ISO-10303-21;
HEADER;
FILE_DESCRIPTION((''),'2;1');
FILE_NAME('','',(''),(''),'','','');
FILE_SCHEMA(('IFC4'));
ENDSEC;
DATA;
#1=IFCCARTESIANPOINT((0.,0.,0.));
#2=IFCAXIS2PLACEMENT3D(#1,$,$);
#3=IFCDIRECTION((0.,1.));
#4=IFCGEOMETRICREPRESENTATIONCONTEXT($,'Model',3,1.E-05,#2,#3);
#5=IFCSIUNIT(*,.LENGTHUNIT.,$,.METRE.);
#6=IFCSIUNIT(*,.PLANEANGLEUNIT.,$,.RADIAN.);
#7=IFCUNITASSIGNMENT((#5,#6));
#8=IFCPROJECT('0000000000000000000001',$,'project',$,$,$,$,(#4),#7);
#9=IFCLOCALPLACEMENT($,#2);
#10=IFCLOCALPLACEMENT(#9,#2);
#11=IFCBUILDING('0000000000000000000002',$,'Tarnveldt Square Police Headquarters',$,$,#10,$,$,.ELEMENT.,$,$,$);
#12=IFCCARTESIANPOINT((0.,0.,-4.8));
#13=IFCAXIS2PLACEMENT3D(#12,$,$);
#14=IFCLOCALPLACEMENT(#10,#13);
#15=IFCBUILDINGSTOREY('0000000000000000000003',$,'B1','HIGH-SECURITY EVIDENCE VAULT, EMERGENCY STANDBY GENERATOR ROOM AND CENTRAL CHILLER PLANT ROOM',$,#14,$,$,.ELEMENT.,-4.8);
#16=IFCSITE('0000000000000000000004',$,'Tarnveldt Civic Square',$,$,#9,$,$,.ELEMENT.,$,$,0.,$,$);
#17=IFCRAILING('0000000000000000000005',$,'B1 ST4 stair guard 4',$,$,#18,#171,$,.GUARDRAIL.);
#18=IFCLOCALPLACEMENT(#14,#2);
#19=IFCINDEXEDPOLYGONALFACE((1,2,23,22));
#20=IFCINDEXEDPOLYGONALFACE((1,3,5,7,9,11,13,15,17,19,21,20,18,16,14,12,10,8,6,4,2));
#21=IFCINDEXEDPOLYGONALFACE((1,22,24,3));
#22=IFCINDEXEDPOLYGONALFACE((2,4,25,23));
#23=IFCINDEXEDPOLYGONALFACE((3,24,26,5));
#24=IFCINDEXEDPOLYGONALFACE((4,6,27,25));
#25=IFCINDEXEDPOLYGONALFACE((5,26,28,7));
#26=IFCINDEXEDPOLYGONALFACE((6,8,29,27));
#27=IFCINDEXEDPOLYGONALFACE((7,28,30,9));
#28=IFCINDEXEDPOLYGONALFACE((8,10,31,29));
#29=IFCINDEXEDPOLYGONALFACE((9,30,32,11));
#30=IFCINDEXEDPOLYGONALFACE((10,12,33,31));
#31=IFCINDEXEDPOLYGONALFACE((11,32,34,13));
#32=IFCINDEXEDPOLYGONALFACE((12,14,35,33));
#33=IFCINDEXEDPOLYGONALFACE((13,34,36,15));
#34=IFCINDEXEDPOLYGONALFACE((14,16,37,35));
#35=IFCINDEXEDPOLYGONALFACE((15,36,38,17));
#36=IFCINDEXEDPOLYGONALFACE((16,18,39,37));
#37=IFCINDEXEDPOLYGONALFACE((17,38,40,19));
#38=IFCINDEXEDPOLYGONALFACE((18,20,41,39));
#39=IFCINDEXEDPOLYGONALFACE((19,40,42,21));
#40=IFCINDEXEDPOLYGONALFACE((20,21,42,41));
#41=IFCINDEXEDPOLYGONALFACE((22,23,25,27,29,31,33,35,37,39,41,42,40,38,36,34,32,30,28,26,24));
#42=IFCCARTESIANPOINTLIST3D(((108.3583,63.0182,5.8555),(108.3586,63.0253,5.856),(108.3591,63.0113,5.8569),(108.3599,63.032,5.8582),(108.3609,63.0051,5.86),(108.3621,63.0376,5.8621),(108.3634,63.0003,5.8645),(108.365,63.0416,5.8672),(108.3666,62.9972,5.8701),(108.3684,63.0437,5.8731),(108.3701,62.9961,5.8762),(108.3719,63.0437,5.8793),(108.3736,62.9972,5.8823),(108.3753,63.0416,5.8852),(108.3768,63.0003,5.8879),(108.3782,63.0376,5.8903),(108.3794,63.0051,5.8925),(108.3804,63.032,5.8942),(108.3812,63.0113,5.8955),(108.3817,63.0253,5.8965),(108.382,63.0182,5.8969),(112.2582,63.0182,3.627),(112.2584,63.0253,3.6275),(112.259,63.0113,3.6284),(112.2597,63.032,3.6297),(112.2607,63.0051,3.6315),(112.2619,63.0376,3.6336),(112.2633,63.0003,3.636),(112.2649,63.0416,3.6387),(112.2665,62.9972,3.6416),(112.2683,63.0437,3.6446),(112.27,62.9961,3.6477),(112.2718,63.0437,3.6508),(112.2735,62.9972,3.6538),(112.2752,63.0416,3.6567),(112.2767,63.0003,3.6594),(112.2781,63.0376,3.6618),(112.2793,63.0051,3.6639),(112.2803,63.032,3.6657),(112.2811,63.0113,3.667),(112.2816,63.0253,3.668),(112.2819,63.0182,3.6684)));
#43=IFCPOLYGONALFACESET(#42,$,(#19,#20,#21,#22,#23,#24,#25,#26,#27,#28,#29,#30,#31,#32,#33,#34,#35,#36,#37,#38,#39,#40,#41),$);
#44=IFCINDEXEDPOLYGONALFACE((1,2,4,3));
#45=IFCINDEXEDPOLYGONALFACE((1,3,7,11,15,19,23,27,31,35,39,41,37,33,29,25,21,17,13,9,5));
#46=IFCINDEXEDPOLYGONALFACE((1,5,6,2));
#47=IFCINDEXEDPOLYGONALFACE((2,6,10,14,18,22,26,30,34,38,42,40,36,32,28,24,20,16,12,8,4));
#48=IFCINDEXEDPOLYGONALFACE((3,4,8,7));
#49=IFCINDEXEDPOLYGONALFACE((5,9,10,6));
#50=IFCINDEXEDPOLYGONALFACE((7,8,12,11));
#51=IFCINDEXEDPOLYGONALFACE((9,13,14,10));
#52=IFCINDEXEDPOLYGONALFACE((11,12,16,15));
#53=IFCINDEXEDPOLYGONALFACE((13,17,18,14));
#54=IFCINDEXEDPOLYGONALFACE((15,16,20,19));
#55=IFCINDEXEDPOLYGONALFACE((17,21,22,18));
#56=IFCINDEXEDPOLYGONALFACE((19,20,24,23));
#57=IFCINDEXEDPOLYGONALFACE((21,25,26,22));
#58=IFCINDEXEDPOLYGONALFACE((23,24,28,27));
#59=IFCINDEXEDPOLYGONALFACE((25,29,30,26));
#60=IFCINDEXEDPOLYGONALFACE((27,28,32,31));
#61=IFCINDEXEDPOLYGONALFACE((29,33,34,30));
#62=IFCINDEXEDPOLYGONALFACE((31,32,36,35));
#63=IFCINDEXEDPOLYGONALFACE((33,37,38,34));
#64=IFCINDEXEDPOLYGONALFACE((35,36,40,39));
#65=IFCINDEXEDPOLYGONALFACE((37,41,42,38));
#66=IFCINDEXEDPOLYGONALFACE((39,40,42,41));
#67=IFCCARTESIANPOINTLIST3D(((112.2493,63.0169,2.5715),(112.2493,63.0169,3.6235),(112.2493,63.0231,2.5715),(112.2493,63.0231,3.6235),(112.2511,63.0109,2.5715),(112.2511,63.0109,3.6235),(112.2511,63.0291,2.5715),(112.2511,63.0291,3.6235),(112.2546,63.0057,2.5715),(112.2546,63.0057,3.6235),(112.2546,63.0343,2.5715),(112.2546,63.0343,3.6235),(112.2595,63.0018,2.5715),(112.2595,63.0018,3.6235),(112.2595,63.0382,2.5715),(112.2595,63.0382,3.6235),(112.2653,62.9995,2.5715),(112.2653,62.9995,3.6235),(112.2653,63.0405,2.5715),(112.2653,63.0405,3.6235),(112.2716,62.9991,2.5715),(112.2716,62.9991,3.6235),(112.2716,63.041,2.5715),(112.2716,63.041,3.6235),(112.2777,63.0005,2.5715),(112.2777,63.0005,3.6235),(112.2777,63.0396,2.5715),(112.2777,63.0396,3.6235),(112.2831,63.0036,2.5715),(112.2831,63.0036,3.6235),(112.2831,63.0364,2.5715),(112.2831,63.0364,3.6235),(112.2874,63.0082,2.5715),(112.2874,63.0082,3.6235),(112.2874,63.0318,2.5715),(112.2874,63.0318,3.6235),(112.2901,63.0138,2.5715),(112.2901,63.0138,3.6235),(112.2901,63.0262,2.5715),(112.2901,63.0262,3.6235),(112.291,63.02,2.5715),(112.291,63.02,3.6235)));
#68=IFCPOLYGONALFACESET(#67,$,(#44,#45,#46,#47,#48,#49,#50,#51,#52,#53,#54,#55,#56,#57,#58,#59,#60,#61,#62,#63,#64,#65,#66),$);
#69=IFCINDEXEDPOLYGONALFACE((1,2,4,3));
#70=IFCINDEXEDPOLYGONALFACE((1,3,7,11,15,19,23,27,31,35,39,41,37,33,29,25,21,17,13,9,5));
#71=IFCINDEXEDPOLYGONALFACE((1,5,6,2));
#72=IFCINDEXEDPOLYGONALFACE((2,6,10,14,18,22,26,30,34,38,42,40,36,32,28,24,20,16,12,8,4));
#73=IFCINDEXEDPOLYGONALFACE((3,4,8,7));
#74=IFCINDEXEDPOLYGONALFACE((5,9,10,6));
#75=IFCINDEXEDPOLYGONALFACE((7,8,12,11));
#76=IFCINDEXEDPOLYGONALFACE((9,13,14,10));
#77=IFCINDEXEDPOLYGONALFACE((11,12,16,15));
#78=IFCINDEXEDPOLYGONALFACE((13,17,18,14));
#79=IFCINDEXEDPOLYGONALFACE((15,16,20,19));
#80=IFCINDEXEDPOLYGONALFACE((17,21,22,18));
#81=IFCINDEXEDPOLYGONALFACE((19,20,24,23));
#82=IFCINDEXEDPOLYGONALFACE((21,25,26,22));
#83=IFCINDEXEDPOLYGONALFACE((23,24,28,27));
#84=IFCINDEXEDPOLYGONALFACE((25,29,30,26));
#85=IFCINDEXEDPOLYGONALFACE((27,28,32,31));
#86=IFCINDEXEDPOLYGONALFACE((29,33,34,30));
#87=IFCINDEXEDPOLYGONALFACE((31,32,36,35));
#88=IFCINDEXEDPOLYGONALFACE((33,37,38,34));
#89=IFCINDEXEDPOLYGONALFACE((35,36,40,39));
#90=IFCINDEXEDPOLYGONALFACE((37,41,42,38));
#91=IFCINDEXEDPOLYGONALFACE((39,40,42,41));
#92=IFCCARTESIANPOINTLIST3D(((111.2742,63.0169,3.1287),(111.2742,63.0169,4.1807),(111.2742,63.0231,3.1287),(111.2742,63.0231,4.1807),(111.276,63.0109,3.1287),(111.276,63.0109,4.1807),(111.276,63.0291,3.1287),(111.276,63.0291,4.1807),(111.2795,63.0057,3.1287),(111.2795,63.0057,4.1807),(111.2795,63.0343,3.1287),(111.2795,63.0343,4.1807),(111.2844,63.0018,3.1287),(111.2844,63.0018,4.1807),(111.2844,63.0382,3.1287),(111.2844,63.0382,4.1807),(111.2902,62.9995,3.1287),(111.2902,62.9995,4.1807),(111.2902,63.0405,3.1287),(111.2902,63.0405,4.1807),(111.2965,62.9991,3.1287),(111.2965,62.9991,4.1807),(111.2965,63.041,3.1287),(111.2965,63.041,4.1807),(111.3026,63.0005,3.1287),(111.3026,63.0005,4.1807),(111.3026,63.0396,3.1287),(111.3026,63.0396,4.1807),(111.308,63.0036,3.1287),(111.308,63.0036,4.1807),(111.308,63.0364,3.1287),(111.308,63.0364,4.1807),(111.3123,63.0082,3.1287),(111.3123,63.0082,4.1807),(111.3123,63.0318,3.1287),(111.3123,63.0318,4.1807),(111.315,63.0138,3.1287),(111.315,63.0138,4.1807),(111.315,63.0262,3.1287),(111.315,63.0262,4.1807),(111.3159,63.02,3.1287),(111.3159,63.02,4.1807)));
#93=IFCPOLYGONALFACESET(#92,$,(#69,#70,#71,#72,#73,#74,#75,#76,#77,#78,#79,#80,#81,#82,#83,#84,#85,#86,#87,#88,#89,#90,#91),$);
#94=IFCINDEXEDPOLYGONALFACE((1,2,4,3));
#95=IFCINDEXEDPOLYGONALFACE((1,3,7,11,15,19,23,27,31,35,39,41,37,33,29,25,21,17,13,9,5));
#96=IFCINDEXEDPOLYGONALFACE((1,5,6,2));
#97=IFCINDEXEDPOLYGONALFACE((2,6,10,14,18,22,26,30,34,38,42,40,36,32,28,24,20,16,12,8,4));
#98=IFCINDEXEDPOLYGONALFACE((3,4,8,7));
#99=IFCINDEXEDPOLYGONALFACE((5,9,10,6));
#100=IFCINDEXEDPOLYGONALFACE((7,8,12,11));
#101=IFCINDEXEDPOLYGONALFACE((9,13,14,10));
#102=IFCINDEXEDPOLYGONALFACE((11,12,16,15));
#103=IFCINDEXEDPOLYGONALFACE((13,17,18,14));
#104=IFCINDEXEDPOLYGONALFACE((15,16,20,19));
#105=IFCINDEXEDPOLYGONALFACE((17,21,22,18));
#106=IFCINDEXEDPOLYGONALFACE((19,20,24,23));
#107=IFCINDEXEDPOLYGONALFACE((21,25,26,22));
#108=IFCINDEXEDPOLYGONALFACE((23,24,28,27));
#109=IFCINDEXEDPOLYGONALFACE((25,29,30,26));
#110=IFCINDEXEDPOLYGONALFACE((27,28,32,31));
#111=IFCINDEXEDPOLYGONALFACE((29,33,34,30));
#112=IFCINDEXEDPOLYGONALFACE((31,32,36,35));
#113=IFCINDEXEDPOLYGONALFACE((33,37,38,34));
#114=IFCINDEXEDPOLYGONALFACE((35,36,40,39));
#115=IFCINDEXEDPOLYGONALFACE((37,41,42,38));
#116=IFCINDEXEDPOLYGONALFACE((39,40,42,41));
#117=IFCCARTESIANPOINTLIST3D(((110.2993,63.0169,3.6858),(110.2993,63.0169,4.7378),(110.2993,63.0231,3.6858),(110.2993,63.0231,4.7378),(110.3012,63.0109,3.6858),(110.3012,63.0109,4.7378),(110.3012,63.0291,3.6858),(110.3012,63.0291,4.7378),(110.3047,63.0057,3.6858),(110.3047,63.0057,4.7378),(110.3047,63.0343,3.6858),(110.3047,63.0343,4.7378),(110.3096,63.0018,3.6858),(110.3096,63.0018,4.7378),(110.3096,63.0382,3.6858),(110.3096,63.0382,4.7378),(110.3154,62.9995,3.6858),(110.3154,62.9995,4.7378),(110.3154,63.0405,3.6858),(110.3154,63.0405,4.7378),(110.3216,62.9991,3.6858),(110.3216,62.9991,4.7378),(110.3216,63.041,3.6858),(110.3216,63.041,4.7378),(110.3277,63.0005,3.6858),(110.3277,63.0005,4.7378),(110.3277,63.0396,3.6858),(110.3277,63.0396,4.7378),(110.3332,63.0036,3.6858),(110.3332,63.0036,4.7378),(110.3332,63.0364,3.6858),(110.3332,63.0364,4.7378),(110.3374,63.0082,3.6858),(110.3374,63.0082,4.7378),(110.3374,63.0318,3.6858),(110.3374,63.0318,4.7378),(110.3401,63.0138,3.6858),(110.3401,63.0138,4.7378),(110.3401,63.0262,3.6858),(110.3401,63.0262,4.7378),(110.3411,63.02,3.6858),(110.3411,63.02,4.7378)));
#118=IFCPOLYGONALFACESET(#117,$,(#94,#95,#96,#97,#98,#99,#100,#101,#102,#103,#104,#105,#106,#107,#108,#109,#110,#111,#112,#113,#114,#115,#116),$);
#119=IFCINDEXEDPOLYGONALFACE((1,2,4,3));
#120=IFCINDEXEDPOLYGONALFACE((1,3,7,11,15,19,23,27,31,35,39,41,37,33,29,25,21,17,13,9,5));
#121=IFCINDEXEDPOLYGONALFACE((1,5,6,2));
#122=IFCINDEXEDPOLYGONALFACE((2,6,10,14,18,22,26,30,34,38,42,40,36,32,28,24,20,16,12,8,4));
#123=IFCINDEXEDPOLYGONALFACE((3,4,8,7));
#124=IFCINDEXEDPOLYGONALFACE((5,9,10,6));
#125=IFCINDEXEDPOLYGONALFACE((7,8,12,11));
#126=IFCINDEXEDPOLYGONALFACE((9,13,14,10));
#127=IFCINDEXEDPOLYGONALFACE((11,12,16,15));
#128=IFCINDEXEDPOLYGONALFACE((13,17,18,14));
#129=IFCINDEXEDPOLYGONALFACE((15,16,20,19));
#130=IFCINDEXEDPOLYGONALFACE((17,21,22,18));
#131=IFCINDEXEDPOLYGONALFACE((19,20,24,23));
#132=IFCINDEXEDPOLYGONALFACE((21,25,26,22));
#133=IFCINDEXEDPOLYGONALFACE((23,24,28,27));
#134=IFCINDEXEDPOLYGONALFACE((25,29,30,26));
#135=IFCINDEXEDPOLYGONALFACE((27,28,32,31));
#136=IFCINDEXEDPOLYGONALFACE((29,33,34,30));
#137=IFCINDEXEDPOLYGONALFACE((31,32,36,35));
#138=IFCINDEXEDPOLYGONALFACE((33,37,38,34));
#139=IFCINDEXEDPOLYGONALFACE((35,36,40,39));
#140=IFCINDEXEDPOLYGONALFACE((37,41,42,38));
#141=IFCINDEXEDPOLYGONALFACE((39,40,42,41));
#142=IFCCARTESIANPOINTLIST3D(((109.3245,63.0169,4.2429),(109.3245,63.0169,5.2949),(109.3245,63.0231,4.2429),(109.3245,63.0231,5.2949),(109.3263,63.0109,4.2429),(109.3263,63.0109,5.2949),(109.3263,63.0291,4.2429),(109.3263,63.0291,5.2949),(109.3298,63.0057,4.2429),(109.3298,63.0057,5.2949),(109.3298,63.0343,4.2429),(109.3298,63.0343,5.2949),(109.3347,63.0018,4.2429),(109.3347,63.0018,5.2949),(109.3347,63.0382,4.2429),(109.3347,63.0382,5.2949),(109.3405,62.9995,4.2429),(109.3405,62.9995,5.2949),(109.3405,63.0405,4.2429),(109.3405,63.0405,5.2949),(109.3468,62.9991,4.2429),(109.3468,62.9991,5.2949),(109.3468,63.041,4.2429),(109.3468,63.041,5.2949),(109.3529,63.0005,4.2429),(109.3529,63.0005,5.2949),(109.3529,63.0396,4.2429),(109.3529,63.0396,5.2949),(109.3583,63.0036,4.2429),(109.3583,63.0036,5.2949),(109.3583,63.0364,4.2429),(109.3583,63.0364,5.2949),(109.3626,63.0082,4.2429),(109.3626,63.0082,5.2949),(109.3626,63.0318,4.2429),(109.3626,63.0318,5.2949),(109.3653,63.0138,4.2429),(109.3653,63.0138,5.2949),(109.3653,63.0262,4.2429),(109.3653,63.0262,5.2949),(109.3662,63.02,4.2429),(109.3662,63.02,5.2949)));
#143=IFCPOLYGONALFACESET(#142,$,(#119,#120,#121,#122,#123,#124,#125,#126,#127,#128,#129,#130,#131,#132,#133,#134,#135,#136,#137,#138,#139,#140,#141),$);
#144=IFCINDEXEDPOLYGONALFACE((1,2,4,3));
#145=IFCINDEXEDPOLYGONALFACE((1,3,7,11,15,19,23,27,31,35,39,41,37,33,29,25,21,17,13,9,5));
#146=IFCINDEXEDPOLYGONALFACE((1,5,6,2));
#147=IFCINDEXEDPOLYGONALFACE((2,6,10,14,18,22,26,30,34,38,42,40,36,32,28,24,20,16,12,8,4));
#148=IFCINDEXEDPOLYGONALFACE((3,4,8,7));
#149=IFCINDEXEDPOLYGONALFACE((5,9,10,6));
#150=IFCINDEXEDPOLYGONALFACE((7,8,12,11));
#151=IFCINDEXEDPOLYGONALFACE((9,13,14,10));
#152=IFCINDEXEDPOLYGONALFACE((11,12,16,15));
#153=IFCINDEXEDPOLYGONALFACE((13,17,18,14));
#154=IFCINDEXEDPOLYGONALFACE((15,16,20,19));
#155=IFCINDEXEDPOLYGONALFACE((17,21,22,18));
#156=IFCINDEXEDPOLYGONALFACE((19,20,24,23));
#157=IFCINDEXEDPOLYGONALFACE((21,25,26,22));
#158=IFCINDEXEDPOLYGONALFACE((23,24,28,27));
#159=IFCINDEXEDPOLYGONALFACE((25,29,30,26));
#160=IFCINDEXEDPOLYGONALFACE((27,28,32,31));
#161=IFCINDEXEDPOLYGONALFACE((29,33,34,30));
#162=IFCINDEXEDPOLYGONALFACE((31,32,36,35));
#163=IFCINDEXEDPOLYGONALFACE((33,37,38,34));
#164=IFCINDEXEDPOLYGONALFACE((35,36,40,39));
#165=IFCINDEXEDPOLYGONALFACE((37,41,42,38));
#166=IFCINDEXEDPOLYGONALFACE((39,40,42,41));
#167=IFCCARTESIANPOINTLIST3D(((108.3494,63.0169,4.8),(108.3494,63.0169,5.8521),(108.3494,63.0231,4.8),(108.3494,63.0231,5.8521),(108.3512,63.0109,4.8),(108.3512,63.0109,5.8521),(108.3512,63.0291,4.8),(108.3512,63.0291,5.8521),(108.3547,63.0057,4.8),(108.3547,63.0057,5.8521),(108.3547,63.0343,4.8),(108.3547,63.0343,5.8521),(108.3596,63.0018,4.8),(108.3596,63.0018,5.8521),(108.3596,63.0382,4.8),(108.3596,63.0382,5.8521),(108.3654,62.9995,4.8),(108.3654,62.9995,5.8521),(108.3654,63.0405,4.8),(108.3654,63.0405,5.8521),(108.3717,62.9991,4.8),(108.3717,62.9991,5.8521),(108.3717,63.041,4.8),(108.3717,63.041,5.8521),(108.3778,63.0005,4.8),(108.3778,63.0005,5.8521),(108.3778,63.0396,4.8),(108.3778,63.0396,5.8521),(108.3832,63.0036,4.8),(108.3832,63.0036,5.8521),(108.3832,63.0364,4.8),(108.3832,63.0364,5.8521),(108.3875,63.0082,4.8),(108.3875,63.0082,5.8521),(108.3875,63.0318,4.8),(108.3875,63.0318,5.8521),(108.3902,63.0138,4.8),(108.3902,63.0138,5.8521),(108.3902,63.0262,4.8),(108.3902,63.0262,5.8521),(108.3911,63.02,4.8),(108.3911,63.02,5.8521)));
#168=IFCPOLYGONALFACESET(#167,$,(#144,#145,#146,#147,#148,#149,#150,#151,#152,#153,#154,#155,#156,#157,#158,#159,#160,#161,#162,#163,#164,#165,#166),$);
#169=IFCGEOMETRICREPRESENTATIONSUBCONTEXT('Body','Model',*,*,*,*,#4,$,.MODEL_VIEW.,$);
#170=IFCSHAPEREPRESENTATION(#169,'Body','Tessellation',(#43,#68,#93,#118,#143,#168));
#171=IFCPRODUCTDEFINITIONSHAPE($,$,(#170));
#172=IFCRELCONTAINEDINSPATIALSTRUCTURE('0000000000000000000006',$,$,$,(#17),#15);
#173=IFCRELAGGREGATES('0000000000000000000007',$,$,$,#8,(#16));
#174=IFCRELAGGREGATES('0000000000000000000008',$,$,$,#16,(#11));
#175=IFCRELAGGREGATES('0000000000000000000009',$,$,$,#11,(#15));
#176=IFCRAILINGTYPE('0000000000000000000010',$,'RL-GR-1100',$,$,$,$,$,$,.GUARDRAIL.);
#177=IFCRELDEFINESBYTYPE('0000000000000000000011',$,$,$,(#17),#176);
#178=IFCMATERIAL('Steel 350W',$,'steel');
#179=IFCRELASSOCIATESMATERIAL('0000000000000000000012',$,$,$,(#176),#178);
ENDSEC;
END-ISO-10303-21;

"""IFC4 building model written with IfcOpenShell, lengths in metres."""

from ifc_helpers import new_model, si_unit, direction, frame, origin, origin_2d, place, context, subcontext, project, spatial, circle, extrude, material, type_object, element, save


model = new_model("IFC4")

# Units and contexts
model_context = context("Model", 3, precision=1e-05, world=origin(), true_north=direction((0.0, 1.0)))
body_context = subcontext(model_context, "Body", "Model", "MODEL_VIEW")
ifc_project = project(units=[si_unit("LENGTHUNIT", "METRE"), si_unit("PLANEANGLEUNIT", "RADIAN")], contexts=[model_context])

# Site, building, storey
site_placement = place(None, origin())
site = spatial("IfcSite", under=ifc_project, at=site_placement, Name="Tarnveldt Civic Square", CompositionType="ELEMENT", RefElevation=0.0)
building_placement = place(site_placement, origin())
building = spatial("IfcBuilding", under=site, at=building_placement, Name="Tarnveldt Square Police Headquarters", CompositionType="ELEMENT")
storey_placement = place(building_placement, frame((0.0, 0.0, -4.8)))
storey = spatial("IfcBuildingStorey", under=building, at=storey_placement, Name="B1", Description="HIGH-SECURITY EVIDENCE VAULT, EMERGENCY STANDBY GENERATOR ROOM AND CENTRAL CHILLER PLANT ROOM", CompositionType="ELEMENT", Elevation=-4.8)

# Railing
ifc_material_1 = material(Name="Steel 350W", Category="steel")
railing_type = type_object("IfcRailingType", Name="RL-GR-1100", PredefinedType="GUARDRAIL", material=ifc_material_1)
railing_1_placement = place(storey_placement, frame((112.27, 63.02, 2.5715)))
element("IfcRailing", 1, at=railing_1_placement, inside=storey, type_object=railing_type, Name="B1 ST4 stair guard 4", PredefinedType="GUARDRAIL", context=body_context, shape_type="SweptSolid", body=[
    extrude(circle(Radius=0.0239, at=origin_2d()), frame((0.0, 0.0, 1.0762), z_axis=(-0.868243, 0.0, 0.496139), x_axis=(0.0, -1.0, 0.0)), (0.0, 0.0, 1.0), 4.4917),
    extrude(circle(Radius=0.021, at=origin_2d()), origin(), (0.0, 0.0, 1.0), 1.052),
    extrude(circle(Radius=0.021, at=origin_2d()), frame((-0.9751, 0.0, 0.5571)), (0.0, 0.0, 1.0), 1.052),
    extrude(circle(Radius=0.021, at=origin_2d()), frame((-1.95, 0.0, 1.1143)), (0.0, 0.0, 1.0), 1.052),
    extrude(circle(Radius=0.021, at=origin_2d()), frame((-2.9248, 0.0, 1.6714)), (0.0, 0.0, 1.0), 1.052),
    extrude(circle(Radius=0.021, at=origin_2d()), frame((-3.8999, 0.0, 2.2285)), (0.0, 0.0, 1.0), 1.052),
])

save(model, "model.ifc")
